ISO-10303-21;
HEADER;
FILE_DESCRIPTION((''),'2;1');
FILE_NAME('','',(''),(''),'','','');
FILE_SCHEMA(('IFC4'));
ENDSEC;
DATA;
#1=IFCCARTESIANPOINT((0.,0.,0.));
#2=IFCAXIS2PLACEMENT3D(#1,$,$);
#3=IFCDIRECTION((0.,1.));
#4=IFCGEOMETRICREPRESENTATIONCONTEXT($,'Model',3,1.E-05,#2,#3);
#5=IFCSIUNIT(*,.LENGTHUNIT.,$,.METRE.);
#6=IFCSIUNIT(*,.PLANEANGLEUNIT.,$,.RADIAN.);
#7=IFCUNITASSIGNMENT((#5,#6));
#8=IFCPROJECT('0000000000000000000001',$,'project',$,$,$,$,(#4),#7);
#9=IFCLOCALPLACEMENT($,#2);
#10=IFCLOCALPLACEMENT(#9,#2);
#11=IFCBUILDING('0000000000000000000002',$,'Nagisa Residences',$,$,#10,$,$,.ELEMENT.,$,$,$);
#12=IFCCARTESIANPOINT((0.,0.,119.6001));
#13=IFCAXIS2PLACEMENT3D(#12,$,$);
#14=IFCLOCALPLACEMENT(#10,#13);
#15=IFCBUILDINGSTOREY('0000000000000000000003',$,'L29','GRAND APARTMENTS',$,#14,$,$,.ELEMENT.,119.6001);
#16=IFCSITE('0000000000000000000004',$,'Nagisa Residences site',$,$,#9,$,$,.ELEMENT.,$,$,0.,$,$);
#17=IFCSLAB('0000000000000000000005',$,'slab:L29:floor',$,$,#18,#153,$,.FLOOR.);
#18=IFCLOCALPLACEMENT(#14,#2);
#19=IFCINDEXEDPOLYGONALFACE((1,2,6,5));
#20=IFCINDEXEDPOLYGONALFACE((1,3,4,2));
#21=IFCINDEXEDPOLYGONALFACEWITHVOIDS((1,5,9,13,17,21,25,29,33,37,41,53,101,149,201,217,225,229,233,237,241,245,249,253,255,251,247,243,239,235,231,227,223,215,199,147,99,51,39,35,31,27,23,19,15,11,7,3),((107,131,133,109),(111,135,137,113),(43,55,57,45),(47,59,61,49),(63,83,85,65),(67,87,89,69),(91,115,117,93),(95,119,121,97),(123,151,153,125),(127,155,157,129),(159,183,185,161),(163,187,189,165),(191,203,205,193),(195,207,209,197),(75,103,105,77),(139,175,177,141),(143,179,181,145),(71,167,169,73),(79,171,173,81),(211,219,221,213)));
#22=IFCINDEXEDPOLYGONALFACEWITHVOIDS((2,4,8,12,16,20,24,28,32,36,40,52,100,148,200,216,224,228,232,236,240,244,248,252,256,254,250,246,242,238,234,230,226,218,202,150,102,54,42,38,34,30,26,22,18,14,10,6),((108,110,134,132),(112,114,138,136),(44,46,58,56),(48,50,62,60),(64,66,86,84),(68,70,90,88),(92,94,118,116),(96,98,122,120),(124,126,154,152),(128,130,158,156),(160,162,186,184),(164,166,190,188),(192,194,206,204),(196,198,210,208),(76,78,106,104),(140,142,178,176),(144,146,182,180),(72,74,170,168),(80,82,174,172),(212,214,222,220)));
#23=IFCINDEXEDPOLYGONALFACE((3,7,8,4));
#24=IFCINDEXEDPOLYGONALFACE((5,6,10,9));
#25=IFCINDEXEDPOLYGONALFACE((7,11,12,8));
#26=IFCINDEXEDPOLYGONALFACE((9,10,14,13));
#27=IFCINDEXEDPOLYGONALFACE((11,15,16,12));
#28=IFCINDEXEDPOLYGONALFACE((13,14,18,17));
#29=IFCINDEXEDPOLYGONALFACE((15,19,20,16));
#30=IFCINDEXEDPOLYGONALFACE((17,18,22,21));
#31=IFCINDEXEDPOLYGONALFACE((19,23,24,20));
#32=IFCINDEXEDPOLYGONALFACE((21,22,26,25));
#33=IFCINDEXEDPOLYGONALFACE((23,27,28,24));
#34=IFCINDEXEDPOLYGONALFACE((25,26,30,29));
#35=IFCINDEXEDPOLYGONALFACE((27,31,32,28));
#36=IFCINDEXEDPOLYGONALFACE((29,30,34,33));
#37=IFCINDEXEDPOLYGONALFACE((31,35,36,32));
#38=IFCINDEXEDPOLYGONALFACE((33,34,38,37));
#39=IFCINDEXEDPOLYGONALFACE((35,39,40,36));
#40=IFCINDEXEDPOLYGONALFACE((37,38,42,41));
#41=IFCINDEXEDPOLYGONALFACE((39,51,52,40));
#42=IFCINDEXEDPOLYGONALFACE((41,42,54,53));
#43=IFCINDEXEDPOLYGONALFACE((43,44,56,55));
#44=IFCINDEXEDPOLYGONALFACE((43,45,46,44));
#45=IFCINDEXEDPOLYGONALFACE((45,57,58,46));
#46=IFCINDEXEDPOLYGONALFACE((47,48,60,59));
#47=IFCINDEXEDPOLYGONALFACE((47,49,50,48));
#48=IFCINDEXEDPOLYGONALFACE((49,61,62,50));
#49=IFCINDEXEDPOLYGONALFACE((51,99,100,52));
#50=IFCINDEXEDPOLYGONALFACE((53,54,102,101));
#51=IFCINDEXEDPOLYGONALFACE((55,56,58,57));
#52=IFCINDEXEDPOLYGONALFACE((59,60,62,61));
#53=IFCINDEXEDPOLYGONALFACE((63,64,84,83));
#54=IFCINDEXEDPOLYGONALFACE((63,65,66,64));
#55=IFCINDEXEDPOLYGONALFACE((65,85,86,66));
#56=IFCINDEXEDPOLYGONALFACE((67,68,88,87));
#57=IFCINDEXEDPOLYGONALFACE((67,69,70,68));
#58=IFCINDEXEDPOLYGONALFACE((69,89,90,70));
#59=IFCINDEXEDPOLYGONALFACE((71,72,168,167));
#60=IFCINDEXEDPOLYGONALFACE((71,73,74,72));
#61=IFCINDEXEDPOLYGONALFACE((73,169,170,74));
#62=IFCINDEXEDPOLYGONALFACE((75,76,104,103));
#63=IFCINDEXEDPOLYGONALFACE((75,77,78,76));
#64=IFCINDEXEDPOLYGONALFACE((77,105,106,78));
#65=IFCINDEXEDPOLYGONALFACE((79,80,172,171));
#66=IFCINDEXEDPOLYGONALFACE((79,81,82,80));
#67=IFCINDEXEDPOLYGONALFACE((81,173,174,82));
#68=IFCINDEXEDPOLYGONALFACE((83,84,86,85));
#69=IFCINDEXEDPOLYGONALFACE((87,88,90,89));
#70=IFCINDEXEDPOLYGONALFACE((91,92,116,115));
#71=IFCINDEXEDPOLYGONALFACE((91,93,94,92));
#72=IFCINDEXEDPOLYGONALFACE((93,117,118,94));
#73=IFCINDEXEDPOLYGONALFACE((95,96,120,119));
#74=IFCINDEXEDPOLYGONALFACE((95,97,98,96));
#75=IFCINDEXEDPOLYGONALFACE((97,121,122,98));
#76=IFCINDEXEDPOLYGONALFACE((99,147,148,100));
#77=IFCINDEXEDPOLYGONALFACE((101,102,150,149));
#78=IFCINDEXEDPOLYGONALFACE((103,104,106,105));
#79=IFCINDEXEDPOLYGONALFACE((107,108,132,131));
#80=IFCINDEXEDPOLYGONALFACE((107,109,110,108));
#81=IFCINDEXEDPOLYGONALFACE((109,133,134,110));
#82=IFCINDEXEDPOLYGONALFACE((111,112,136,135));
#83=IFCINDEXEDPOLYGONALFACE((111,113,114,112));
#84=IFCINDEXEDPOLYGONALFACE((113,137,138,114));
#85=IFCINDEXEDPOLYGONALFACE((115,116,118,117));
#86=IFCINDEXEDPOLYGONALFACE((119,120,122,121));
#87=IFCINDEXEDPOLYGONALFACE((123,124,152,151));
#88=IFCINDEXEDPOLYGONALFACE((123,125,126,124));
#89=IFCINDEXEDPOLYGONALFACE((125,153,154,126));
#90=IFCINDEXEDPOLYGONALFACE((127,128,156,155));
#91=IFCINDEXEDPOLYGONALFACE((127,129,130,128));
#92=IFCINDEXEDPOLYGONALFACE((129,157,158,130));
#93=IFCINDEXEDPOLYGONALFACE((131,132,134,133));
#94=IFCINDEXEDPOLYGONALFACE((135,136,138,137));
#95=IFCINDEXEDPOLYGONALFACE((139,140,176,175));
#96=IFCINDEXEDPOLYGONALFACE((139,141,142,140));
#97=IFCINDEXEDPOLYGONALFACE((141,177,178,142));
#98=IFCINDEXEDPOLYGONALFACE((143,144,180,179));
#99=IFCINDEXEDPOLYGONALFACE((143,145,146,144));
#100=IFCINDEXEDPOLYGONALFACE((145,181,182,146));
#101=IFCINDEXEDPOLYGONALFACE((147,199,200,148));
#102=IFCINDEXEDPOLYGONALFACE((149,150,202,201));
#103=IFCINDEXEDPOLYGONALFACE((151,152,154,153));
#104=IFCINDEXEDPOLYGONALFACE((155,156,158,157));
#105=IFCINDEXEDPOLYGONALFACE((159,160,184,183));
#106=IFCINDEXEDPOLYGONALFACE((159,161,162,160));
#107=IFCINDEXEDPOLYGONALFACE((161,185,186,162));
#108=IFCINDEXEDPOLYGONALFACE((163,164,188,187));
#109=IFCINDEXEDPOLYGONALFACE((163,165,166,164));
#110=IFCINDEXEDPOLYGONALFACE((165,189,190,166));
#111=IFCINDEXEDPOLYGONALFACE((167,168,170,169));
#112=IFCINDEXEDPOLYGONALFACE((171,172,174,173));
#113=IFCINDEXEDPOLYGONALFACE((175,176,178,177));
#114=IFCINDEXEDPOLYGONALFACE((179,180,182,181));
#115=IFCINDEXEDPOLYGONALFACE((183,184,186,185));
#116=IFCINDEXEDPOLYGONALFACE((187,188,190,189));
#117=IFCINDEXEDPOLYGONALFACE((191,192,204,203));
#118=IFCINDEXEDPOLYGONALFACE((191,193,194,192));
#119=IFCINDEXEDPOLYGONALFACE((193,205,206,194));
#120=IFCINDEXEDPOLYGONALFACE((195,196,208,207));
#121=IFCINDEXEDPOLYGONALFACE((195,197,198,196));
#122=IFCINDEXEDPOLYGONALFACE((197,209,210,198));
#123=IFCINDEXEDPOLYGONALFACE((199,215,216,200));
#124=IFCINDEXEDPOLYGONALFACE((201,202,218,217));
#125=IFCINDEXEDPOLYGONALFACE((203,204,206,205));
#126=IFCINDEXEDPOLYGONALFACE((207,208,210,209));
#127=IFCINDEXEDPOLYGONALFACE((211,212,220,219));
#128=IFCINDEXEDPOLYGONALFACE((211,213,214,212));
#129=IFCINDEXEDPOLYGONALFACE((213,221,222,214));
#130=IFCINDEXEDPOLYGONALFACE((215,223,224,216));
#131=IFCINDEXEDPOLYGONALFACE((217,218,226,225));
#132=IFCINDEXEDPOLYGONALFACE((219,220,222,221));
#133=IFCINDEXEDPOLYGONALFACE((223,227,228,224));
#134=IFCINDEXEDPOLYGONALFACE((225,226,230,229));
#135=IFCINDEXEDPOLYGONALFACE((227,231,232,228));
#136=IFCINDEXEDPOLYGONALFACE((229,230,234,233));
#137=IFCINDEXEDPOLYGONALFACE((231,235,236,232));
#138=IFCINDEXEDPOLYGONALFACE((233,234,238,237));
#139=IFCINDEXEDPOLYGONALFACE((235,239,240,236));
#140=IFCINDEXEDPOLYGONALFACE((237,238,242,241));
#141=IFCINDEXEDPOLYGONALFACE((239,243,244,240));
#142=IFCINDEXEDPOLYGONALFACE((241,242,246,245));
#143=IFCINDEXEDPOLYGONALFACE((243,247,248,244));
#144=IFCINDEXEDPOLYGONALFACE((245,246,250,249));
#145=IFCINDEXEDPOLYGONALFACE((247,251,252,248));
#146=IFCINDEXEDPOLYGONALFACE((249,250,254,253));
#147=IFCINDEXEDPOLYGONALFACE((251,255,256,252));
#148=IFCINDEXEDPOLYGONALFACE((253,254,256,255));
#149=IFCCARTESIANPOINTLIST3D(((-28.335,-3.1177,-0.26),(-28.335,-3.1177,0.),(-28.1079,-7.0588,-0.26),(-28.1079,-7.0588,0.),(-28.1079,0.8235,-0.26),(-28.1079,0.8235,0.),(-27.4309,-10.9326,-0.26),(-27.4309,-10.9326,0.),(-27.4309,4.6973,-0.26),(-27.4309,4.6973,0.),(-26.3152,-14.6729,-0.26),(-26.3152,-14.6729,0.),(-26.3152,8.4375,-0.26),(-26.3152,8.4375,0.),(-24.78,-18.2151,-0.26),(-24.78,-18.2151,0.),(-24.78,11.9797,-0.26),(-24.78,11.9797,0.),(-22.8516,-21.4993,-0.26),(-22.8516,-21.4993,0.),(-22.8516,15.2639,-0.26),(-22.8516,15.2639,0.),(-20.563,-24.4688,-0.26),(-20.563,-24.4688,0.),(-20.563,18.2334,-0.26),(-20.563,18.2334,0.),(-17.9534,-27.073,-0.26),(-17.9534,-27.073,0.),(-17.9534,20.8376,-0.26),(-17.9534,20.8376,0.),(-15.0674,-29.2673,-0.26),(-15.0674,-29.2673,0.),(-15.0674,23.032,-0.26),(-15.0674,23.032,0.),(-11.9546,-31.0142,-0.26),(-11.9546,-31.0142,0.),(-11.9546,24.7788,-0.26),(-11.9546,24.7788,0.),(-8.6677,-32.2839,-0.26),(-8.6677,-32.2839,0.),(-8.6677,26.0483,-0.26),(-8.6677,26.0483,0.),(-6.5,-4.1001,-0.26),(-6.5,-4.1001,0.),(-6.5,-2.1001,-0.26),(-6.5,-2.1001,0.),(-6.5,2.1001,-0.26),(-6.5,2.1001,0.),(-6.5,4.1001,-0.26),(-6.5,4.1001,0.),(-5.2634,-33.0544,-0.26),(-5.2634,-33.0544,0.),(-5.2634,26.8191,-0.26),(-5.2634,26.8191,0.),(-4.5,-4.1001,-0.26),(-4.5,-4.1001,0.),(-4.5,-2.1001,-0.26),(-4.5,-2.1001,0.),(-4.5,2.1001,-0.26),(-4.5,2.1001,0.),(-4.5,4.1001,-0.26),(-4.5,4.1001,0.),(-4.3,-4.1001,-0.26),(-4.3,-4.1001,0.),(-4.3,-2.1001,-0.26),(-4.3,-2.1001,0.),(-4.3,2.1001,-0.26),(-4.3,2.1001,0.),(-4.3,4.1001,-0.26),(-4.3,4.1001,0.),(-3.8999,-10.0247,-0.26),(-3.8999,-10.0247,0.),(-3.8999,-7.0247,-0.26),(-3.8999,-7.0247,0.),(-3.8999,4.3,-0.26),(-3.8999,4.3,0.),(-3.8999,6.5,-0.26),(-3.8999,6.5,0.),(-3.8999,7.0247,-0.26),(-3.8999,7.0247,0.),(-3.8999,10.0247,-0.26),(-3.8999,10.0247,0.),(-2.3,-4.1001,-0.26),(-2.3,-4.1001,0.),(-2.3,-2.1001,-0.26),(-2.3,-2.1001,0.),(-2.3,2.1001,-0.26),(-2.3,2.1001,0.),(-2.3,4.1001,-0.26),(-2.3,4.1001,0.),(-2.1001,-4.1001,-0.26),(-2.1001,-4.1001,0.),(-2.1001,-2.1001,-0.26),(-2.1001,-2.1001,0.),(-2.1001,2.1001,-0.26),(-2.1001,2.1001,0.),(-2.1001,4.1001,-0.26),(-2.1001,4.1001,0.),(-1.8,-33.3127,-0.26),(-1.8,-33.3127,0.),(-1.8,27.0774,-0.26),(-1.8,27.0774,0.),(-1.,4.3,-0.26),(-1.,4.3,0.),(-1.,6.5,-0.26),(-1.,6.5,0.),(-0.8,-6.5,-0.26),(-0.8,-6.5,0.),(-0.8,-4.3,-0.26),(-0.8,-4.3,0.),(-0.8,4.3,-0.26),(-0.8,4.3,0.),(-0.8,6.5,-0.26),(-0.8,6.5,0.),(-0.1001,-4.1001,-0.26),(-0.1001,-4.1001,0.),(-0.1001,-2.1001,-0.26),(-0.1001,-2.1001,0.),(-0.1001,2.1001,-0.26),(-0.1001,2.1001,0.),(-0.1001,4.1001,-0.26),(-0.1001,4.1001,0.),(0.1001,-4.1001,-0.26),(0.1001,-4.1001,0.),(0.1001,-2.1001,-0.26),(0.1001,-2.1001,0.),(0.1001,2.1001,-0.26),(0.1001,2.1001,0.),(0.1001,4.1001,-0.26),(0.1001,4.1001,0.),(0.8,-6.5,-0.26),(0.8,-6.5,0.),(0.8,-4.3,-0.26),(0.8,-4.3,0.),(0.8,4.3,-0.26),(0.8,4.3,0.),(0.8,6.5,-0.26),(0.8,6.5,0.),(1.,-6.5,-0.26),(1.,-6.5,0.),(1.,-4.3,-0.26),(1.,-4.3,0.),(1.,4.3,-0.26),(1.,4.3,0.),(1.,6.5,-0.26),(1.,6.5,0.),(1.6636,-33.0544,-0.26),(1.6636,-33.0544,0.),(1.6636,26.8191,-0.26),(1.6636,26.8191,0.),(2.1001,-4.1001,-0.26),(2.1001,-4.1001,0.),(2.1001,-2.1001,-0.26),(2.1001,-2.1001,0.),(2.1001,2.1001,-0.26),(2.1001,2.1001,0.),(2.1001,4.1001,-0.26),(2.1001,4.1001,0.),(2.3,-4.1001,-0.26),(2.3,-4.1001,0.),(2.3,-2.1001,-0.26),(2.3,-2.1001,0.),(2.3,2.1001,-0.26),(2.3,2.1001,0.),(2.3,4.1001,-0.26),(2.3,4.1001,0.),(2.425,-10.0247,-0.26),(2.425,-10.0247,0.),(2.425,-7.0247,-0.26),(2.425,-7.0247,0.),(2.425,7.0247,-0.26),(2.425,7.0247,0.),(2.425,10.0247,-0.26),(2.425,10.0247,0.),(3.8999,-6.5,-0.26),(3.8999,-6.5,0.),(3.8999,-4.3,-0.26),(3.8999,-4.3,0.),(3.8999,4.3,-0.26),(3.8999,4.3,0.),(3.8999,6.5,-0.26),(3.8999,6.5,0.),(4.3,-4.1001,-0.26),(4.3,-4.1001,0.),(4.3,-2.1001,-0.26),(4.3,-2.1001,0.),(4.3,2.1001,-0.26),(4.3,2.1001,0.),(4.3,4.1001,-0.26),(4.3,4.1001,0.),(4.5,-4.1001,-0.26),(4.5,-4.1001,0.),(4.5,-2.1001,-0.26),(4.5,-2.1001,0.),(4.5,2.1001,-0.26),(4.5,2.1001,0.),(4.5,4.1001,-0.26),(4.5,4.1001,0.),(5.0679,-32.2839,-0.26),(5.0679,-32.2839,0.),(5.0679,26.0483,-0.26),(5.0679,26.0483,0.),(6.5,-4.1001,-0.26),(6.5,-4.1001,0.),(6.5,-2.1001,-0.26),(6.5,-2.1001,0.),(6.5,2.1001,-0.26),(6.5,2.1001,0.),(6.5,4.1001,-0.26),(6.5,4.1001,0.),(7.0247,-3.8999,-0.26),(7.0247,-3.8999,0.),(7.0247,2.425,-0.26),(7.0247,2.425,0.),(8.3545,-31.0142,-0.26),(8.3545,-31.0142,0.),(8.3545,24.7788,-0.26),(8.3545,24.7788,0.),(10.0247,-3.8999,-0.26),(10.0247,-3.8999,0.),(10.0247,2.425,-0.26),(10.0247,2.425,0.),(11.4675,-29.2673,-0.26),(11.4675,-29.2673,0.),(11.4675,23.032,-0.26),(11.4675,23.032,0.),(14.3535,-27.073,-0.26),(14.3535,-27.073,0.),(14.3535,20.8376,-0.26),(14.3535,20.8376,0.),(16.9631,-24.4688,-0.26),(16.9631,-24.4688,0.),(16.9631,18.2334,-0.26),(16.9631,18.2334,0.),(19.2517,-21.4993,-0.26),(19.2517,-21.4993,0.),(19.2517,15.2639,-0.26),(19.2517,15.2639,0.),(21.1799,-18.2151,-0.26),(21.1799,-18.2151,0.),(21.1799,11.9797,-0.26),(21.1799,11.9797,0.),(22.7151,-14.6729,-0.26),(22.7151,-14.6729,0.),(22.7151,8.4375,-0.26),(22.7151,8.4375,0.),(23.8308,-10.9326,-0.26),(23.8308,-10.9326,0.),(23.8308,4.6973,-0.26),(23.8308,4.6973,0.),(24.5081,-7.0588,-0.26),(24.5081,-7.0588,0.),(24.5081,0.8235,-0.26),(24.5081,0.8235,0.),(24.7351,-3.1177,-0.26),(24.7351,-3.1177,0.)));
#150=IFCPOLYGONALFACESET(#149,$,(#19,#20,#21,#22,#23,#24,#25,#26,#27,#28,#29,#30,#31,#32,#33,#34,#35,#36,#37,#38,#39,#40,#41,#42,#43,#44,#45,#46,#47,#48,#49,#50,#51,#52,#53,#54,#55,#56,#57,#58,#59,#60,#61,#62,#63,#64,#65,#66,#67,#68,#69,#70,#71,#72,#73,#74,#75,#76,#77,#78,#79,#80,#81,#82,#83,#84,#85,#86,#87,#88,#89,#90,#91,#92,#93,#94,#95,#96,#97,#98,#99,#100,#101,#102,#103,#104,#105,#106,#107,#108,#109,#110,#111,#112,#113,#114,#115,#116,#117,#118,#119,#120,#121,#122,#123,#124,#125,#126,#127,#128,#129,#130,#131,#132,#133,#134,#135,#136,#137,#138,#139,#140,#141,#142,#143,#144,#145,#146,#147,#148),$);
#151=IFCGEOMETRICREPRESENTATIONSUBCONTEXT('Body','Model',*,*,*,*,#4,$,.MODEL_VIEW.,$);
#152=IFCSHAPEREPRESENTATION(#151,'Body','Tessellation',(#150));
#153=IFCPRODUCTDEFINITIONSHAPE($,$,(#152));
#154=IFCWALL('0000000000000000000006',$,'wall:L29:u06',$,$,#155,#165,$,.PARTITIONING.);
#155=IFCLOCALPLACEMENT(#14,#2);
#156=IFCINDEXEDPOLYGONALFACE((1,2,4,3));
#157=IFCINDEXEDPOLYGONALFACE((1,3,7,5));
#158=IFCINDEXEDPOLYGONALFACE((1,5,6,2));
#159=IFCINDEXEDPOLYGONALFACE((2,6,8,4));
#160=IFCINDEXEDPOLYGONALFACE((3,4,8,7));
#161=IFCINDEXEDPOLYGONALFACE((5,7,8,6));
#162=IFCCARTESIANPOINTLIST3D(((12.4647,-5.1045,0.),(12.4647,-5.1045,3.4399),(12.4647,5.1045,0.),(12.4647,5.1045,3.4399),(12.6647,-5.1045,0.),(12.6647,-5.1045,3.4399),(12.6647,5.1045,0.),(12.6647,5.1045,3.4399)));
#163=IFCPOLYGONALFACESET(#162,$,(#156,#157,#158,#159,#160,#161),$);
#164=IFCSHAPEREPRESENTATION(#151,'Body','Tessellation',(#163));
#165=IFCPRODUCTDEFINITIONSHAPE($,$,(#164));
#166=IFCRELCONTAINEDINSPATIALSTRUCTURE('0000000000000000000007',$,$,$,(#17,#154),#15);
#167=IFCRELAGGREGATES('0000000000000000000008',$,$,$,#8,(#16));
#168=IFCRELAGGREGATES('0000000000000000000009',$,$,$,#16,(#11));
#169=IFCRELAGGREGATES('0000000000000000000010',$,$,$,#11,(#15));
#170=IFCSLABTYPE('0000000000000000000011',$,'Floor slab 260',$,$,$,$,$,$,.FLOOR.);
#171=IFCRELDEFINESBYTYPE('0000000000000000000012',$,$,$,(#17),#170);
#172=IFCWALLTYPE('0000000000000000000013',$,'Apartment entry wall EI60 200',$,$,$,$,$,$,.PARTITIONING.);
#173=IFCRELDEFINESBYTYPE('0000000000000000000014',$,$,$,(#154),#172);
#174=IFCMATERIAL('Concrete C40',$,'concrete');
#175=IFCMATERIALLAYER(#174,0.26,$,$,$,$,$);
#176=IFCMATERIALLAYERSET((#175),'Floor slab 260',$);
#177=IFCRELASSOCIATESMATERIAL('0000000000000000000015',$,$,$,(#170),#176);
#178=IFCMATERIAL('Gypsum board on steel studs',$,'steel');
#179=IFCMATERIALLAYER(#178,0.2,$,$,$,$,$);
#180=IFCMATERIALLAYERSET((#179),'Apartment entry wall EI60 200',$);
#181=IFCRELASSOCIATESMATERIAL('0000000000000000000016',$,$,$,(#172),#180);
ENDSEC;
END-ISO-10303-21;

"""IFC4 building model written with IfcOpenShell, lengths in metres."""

from ifc_helpers import new_model, si_unit, direction, frame, frame_2d, origin, place, context, subcontext, project, spatial, polyline, rectangle, outline, extrude, material, layer, layer_set, type_object, element, save


model = new_model("IFC4")

# Units and contexts
model_context = context("Model", 3, precision=1e-05, world=origin(), true_north=direction((0.0, 1.0)))
body_context = subcontext(model_context, "Body", "Model", "MODEL_VIEW")
ifc_project = project(units=[si_unit("LENGTHUNIT", "METRE"), si_unit("PLANEANGLEUNIT", "RADIAN")], contexts=[model_context])

# Site, building, storey
site_placement = place(None, origin())
site = spatial("IfcSite", under=ifc_project, at=site_placement, Name="Nagisa Residences site", CompositionType="ELEMENT", RefElevation=0.0)
building_placement = place(site_placement, origin())
building = spatial("IfcBuilding", under=site, at=building_placement, Name="Nagisa Residences", CompositionType="ELEMENT")
storey_placement = place(building_placement, frame((0.0, 0.0, 119.6001)))
storey = spatial("IfcBuildingStorey", under=building, at=storey_placement, Name="L29", Description="GRAND APARTMENTS", CompositionType="ELEMENT", Elevation=119.6001)

# Slab
ifc_material_1 = material(Name="Concrete C40", Category="concrete")
ifc_layer_1 = layer(ifc_material_1, 0.26)
ifc_layer_set_1 = layer_set([ifc_layer_1], Name="Floor slab 260")
slab_type_1 = type_object("IfcSlabType", Name="Floor slab 260", PredefinedType="FLOOR", material=ifc_layer_set_1)
slab_1_placement = place(storey_placement, frame((0.0, 0.0, -0.26)))
element("IfcSlab", 1, at=slab_1_placement, inside=storey, type_object=slab_type_1, Name="slab:L29:floor", PredefinedType="FLOOR", context=body_context, shape_type="SweptSolid", body=[
    extrude(outline(polyline([(24.7351, -3.1177), (24.5081, 0.8235), (23.8308, 4.6973), (22.7151, 8.4375), (21.1799, 11.9797), (19.2517, 15.2639), (16.9631, 18.2334), (14.3535, 20.8376), (11.4675, 23.032), (8.3545, 24.7788), (5.0679, 26.0483), (1.6636, 26.8191), (-1.8, 27.0774), (-5.2634, 26.8191), (-8.6677, 26.0483), (-11.9546, 24.7788), (-15.0674, 23.032), (-17.9534, 20.8376), (-20.563, 18.2334), (-22.8516, 15.2639), (-24.78, 11.9797), (-26.3152, 8.4375), (-27.4309, 4.6973), (-28.1079, 0.8235), (-28.335, -3.1177), (-28.1079, -7.0588), (-27.4309, -10.9326), (-26.3152, -14.6729), (-24.78, -18.2151), (-22.8516, -21.4993), (-20.563, -24.4688), (-17.9534, -27.073), (-15.0674, -29.2673), (-11.9546, -31.0142), (-8.6677, -32.2839), (-5.2634, -33.0544), (-1.8, -33.3127), (1.6636, -33.0544), (5.0679, -32.2839), (8.3545, -31.0142), (11.4675, -29.2673), (14.3535, -27.073), (16.9631, -24.4688), (19.2517, -21.4993), (21.1799, -18.2151), (22.7151, -14.6729), (23.8308, -10.9326), (24.5081, -7.0588), (24.7351, -3.1177)]), holes=[polyline([(-4.5, 2.1001), (-4.5, 4.1001), (-6.5, 4.1001), (-6.5, 2.1001), (-4.5, 2.1001)]), polyline([(-2.3, 2.1001), (-2.3, 4.1001), (-4.3, 4.1001), (-4.3, 2.1001), (-2.3, 2.1001)]), polyline([(-0.1001, 2.1001), (-0.1001, 4.1001), (-2.1001, 4.1001), (-2.1001, 2.1001), (-0.1001, 2.1001)]), polyline([(2.1001, 2.1001), (2.1001, 4.1001), (0.1001, 4.1001), (0.1001, 2.1001), (2.1001, 2.1001)]), polyline([(4.3, 2.1001), (4.3, 4.1001), (2.3, 4.1001), (2.3, 2.1001), (4.3, 2.1001)]), polyline([(6.5, 2.1001), (6.5, 4.1001), (4.5, 4.1001), (4.5, 2.1001), (6.5, 2.1001)]), polyline([(-4.5, -4.1001), (-4.5, -2.1001), (-6.5, -2.1001), (-6.5, -4.1001), (-4.5, -4.1001)]), polyline([(-2.3, -4.1001), (-2.3, -2.1001), (-4.3, -2.1001), (-4.3, -4.1001), (-2.3, -4.1001)]), polyline([(-0.1001, -4.1001), (-0.1001, -2.1001), (-2.1001, -2.1001), (-2.1001, -4.1001), (-0.1001, -4.1001)]), polyline([(2.1001, -4.1001), (2.1001, -2.1001), (0.1001, -2.1001), (0.1001, -4.1001), (2.1001, -4.1001)]), polyline([(4.3, -4.1001), (4.3, -2.1001), (2.3, -2.1001), (2.3, -4.1001), (4.3, -4.1001)]), polyline([(6.5, -4.1001), (6.5, -2.1001), (4.5, -2.1001), (4.5, -4.1001), (6.5, -4.1001)]), polyline([(3.8999, 4.3), (3.8999, 6.5), (1.0, 6.5), (1.0, 4.3), (3.8999, 4.3)]), polyline([(3.8999, -6.5), (3.8999, -4.3), (1.0, -4.3), (1.0, -6.5), (3.8999, -6.5)]), polyline([(-1.0, 4.3), (-1.0, 6.5), (-3.8999, 6.5), (-3.8999, 4.3), (-1.0, 4.3)]), polyline([(0.8, 4.3), (0.8, 6.5), (-0.8, 6.5), (-0.8, 4.3), (0.8, 4.3)]), polyline([(0.8, -6.5), (0.8, -4.3), (-0.8, -4.3), (-0.8, -6.5), (0.8, -6.5)]), polyline([(10.0247, -3.8999), (7.0247, -3.8999), (7.0247, 2.425), (10.0247, 2.425), (10.0247, -3.8999)]), polyline([(-3.8999, 7.0247), (-3.8999, 10.0247), (2.425, 10.0247), (2.425, 7.0247), (-3.8999, 7.0247)]), polyline([(-3.8999, -10.0247), (-3.8999, -7.0247), (2.425, -7.0247), (2.425, -10.0247), (-3.8999, -10.0247)])]), origin(), (0.0, 0.0, 1.0), 0.26),
])

# Wall
ifc_material_2 = material(Name="Gypsum board on steel studs", Category="steel")
ifc_layer_2 = layer(ifc_material_2, 0.2)
ifc_layer_set_2 = layer_set([ifc_layer_2], Name="Apartment entry wall EI60 200")
wall_type_1 = type_object("IfcWallType", Name="Apartment entry wall EI60 200", PredefinedType="PARTITIONING", material=ifc_layer_set_2)
wall_1_placement = place(storey_placement, frame((12.5647, -5.1045, 0.0), z_axis=(0.0, 0.0, 1.0), x_axis=(0.0, 1.0, 0.0)))
element("IfcWall", 2, at=wall_1_placement, inside=storey, type_object=wall_type_1, Name="wall:L29:u06", PredefinedType="PARTITIONING", context=body_context, shape_type="SweptSolid", body=[
    extrude(rectangle(XDim=10.209, YDim=0.2, at=frame_2d((5.1045, 0.0))), origin(), (0.0, 0.0, 1.0), 3.4399),
])

save(model, "model.ifc")
